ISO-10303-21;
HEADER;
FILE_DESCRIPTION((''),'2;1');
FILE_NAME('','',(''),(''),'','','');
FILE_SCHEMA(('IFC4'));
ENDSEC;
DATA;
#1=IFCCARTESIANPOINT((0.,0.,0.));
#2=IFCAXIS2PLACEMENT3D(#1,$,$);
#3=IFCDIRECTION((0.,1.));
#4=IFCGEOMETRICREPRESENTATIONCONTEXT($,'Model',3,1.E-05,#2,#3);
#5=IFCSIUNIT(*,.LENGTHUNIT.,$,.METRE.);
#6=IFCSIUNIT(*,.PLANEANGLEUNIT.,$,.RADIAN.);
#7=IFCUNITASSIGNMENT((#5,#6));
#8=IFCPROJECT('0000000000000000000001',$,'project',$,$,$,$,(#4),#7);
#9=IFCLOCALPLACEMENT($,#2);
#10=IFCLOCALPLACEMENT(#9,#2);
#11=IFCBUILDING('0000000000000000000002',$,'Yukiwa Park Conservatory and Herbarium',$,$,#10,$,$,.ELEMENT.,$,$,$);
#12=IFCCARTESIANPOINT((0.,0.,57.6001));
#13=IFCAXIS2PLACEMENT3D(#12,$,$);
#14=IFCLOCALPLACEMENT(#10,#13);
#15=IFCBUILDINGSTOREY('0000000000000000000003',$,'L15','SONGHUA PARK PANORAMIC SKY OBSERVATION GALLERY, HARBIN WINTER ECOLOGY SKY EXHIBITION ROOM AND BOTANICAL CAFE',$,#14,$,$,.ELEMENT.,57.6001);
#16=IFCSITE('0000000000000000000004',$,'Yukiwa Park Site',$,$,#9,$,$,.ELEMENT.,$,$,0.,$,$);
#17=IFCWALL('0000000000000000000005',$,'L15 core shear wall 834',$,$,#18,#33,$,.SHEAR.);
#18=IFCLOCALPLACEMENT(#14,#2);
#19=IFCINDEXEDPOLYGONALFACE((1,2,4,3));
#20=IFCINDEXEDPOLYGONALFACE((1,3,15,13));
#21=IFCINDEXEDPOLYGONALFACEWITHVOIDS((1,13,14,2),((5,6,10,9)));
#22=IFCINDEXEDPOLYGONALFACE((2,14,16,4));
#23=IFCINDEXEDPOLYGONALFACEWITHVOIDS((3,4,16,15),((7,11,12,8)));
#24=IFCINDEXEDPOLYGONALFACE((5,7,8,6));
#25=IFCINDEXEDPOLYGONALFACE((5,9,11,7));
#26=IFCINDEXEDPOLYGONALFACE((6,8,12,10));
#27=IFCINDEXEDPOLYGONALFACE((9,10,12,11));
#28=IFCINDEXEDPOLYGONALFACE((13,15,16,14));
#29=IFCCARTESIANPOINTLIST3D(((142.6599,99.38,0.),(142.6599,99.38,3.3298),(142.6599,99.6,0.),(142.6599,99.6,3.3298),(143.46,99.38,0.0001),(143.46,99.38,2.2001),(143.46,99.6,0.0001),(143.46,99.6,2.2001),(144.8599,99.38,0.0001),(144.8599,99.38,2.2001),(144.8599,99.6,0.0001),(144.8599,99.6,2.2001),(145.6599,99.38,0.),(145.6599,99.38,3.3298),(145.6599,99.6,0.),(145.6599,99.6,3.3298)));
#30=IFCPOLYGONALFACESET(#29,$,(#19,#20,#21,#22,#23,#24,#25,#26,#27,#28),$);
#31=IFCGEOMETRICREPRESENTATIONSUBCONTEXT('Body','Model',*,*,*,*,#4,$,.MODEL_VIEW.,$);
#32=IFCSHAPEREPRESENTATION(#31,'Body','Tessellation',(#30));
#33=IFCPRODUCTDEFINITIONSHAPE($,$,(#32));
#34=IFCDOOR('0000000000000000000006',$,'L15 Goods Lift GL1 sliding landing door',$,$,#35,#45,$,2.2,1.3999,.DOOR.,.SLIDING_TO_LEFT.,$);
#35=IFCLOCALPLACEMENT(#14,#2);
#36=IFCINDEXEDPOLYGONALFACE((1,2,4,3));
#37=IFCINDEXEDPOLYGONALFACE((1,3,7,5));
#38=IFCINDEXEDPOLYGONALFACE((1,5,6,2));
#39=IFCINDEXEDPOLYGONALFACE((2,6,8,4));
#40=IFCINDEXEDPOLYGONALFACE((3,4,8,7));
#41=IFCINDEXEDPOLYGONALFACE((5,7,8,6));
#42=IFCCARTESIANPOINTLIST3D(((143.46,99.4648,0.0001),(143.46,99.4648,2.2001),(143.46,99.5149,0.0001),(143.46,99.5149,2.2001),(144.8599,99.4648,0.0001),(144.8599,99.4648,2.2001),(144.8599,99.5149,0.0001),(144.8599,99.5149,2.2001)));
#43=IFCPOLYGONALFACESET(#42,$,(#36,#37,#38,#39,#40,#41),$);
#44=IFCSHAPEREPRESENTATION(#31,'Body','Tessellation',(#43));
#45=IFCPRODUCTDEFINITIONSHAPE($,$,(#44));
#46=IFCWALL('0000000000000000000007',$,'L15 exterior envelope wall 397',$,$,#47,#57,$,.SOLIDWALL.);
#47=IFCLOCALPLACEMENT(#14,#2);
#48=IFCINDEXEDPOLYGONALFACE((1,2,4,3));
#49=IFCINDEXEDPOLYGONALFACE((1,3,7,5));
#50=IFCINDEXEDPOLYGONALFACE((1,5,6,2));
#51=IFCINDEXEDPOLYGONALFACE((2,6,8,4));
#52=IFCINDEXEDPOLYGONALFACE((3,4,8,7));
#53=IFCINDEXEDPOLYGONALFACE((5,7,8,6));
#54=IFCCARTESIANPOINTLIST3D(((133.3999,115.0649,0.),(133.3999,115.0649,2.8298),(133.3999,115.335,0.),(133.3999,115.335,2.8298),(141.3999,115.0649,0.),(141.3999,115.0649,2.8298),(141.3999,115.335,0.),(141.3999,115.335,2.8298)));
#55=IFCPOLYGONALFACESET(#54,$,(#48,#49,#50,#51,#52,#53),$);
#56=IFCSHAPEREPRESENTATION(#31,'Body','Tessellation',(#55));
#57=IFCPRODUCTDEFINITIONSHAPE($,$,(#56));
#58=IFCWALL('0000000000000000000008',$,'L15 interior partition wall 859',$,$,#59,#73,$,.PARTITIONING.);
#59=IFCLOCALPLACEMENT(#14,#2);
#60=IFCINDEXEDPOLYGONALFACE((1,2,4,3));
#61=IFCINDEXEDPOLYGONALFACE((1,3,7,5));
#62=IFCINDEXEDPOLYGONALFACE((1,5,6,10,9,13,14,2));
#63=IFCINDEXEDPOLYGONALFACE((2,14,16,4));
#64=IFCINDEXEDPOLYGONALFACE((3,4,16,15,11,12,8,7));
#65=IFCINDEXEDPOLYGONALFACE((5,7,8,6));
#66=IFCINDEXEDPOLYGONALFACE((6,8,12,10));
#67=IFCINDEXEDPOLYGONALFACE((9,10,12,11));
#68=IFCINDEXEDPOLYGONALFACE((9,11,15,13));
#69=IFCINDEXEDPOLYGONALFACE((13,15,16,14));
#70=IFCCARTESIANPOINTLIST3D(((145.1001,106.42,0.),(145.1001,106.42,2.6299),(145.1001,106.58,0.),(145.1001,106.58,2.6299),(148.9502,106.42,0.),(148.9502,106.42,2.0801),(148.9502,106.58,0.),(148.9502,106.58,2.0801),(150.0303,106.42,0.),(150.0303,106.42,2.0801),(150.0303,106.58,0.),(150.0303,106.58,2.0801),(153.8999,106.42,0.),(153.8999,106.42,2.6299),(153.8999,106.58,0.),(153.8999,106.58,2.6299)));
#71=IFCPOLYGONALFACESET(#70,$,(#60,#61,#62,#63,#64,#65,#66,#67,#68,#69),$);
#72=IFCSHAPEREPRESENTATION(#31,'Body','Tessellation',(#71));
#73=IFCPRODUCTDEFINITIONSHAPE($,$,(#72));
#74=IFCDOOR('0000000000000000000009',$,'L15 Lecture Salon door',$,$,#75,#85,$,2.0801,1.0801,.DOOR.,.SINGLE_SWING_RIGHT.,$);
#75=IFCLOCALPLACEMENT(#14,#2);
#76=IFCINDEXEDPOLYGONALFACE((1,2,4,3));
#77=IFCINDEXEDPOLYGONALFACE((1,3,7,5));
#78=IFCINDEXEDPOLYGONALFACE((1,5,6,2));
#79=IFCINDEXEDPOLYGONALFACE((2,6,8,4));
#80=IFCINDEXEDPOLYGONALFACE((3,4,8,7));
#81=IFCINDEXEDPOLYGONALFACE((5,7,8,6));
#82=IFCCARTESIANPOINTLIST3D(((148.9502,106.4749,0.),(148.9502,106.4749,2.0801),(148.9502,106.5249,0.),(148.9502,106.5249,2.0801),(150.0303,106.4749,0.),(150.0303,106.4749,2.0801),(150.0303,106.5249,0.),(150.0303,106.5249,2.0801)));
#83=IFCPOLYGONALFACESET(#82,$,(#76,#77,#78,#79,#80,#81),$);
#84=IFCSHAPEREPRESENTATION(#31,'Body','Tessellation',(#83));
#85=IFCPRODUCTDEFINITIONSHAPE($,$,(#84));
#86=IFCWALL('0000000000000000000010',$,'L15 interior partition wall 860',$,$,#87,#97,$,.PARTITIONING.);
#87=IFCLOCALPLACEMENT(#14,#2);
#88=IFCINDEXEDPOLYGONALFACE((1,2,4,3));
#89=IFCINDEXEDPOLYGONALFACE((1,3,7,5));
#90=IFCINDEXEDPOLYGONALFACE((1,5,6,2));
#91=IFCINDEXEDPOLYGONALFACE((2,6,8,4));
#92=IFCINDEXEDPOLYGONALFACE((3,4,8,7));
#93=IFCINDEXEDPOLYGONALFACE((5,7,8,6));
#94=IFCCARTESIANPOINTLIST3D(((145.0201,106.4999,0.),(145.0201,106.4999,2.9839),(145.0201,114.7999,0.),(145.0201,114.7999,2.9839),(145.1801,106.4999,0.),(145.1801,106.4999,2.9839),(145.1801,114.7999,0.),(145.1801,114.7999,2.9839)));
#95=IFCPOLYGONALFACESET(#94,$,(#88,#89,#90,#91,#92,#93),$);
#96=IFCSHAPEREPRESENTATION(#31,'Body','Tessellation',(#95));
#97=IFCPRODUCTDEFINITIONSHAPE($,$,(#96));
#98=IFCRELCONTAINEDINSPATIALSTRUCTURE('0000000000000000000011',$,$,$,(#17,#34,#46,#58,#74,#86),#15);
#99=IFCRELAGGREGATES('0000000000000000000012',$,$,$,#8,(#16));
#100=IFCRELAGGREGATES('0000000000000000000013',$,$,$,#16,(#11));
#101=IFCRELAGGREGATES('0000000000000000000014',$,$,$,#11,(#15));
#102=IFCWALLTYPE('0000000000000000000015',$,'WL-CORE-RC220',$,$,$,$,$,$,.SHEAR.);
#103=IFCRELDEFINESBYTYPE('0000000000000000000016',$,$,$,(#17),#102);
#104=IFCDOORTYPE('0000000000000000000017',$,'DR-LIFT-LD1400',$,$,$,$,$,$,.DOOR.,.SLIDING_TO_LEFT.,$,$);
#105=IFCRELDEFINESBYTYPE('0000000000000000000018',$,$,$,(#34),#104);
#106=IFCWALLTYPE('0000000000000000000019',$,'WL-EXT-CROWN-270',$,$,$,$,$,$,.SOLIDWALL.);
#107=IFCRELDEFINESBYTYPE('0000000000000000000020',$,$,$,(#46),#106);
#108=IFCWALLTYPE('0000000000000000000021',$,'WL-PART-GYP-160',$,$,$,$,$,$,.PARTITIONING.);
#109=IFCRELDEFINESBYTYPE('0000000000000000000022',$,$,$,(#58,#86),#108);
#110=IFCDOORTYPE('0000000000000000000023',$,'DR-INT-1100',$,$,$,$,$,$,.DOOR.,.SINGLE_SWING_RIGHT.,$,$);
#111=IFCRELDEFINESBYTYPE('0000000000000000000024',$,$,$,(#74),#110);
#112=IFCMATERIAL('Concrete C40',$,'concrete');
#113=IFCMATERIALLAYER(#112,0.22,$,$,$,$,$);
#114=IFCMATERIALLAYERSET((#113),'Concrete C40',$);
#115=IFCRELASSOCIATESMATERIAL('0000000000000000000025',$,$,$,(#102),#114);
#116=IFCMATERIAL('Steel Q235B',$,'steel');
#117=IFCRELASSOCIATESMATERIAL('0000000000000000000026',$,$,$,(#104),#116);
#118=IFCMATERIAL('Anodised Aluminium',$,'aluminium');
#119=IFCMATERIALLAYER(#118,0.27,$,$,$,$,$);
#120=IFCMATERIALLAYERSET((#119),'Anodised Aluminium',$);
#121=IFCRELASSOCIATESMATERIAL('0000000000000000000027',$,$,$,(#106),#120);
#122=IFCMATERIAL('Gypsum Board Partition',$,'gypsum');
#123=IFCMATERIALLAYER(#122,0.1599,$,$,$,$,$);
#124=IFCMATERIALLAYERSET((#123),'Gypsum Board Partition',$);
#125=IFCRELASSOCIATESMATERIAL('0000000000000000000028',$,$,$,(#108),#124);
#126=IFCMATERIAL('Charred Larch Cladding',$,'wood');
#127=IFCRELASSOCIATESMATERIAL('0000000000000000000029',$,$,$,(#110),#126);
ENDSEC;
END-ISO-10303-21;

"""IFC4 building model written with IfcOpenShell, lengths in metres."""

from ifc_helpers import new_model, si_unit, direction, frame, frame_2d, origin, place, context, subcontext, project, spatial, rectangle, extrude, material, layer, layer_set, type_object, element, fill, save


model = new_model("IFC4")

# Units and contexts
model_context = context("Model", 3, precision=1e-05, world=origin(), true_north=direction((0.0, 1.0)))
body_context = subcontext(model_context, "Body", "Model", "MODEL_VIEW")
ifc_project = project(units=[si_unit("LENGTHUNIT", "METRE"), si_unit("PLANEANGLEUNIT", "RADIAN")], contexts=[model_context])

# Site, building, storey
site_placement = place(None, origin())
site = spatial("IfcSite", under=ifc_project, at=site_placement, Name="Yukiwa Park Site", CompositionType="ELEMENT", RefElevation=0.0)
building_placement = place(site_placement, origin())
building = spatial("IfcBuilding", under=site, at=building_placement, Name="Yukiwa Park Conservatory and Herbarium", CompositionType="ELEMENT")
storey_placement = place(building_placement, frame((0.0, 0.0, 57.6001)))
storey = spatial("IfcBuildingStorey", under=building, at=storey_placement, Name="L15", Description="SONGHUA PARK PANORAMIC SKY OBSERVATION GALLERY, HARBIN WINTER ECOLOGY SKY EXHIBITION ROOM AND BOTANICAL CAFE", CompositionType="ELEMENT", Elevation=57.6001)

# Shared definitions
ifc_material_1 = material(Name="Concrete C40", Category="concrete")
ifc_layer_1 = layer(ifc_material_1, 0.22)
ifc_layer_set_1 = layer_set([ifc_layer_1], Name="Concrete C40")
wall_type_1 = type_object("IfcWallType", Name="WL-CORE-RC220", PredefinedType="SHEAR", material=ifc_layer_set_1)

# Wall, opening, door
wall_1_placement = place(storey_placement, frame((142.6599, 99.49, 0.0), z_axis=(0.0, 0.0, 1.0), x_axis=(1.0, 0.0, 0.0)))
wall_1 = element("IfcWall", 1, at=wall_1_placement, inside=storey, type_object=wall_type_1, Name="L15 core shear wall 834", PredefinedType="SHEAR", context=body_context, shape_type="SweptSolid", body=[
    extrude(rectangle(XDim=3.0, YDim=0.22, at=frame_2d((1.5, 0.0))), origin(), (0.0, 0.0, 1.0), 3.3298),
])
opening_1_placement = place(wall_1_placement, frame((0.8, 0.0, 0.0)))
opening_1 = element("IfcOpeningElement", 2, at=opening_1_placement, cuts=wall_1, PredefinedType="OPENING", context=body_context, shape_type="SweptSolid", body=[
    extrude(rectangle(XDim=1.3999, YDim=2.2, at=frame_2d((0.7, 1.1001))), frame((0.0, 0.1201, 0.0), z_axis=(0.0, -1.0, 0.0), x_axis=(1.0, 0.0, 0.0)), (0.0, 0.0, 1.0), 0.24),
])
ifc_material_2 = material(Name="Steel Q235B", Category="steel")
door_type_1 = type_object("IfcDoorType", Name="DR-LIFT-LD1400", OperationType="SLIDING_TO_LEFT", PredefinedType="DOOR", material=ifc_material_2)
door_1_placement = place(opening_1_placement, origin())
door_1 = element("IfcDoor", 3, at=door_1_placement, inside=storey, type_object=door_type_1, Name="L15 Goods Lift GL1 sliding landing door", OperationType="SLIDING_TO_LEFT", OverallHeight=2.2, OverallWidth=1.3999, PredefinedType="DOOR", context=body_context, shape_type="SweptSolid", body=[
    extrude(rectangle(XDim=1.3999, YDim=2.2, at=frame_2d((0.7, 1.1001))), frame((0.0, 0.0249, 0.0), z_axis=(0.0, -1.0, 0.0), x_axis=(1.0, 0.0, 0.0)), (0.0, 0.0, 1.0), 0.05),
])
fill(opening_1, door_1)

# Wall
ifc_material_3 = material(Name="Anodised Aluminium", Category="aluminium")
ifc_layer_2 = layer(ifc_material_3, 0.27)
ifc_layer_set_2 = layer_set([ifc_layer_2], Name="Anodised Aluminium")
wall_type_2 = type_object("IfcWallType", Name="WL-EXT-CROWN-270", PredefinedType="SOLIDWALL", material=ifc_layer_set_2)
wall_2_placement = place(storey_placement, frame((141.3999, 115.2, 0.0), z_axis=(0.0, 0.0, 1.0), x_axis=(-1.0, 0.0, 0.0)))
element("IfcWall", 4, at=wall_2_placement, inside=storey, type_object=wall_type_2, Name="L15 exterior envelope wall 397", PredefinedType="SOLIDWALL", context=body_context, shape_type="SweptSolid", body=[
    extrude(rectangle(XDim=8.0, YDim=0.27, at=frame_2d((4.0, 0.0))), origin(), (0.0, 0.0, 1.0), 2.8298),
])

# Wall, opening, door
ifc_material_4 = material(Name="Gypsum Board Partition", Category="gypsum")
ifc_layer_3 = layer(ifc_material_4, 0.1599)
ifc_layer_set_3 = layer_set([ifc_layer_3], Name="Gypsum Board Partition")
wall_type_3 = type_object("IfcWallType", Name="WL-PART-GYP-160", PredefinedType="PARTITIONING", material=ifc_layer_set_3)
wall_3_placement = place(storey_placement, frame((145.1001, 106.5, 0.0), z_axis=(0.0, 0.0, 1.0), x_axis=(1.0, 0.0, 0.0)))
wall_3 = element("IfcWall", 5, at=wall_3_placement, inside=storey, type_object=wall_type_3, Name="L15 interior partition wall 859", PredefinedType="PARTITIONING", context=body_context, shape_type="SweptSolid", body=[
    extrude(rectangle(XDim=8.7998, YDim=0.1599, at=frame_2d((4.3999, 0.0))), origin(), (0.0, 0.0, 1.0), 2.6299),
])
opening_2_placement = place(wall_3_placement, frame((3.8501, 0.0, 0.0)))
opening_2 = element("IfcOpeningElement", 6, at=opening_2_placement, cuts=wall_3, PredefinedType="OPENING", context=body_context, shape_type="SweptSolid", body=[
    extrude(rectangle(XDim=1.0801, YDim=2.0801, at=frame_2d((0.54, 1.04))), frame((0.0, 0.0898, 0.0), z_axis=(0.0, -1.0, 0.0), x_axis=(1.0, 0.0, 0.0)), (0.0, 0.0, 1.0), 0.1799),
])
ifc_material_5 = material(Name="Charred Larch Cladding", Category="wood")
door_type_2 = type_object("IfcDoorType", Name="DR-INT-1100", OperationType="SINGLE_SWING_RIGHT", PredefinedType="DOOR", material=ifc_material_5)
door_2_placement = place(opening_2_placement, origin())
door_2 = element("IfcDoor", 7, at=door_2_placement, inside=storey, type_object=door_type_2, Name="L15 Lecture Salon door", OperationType="SINGLE_SWING_RIGHT", OverallHeight=2.0801, OverallWidth=1.0801, PredefinedType="DOOR", context=body_context, shape_type="SweptSolid", body=[
    extrude(rectangle(XDim=1.0801, YDim=2.0801, at=frame_2d((0.54, 1.04))), frame((0.0, 0.0249, 0.0), z_axis=(0.0, -1.0, 0.0), x_axis=(1.0, 0.0, 0.0)), (0.0, 0.0, 1.0), 0.05),
])
fill(opening_2, door_2)

# Wall
wall_4_placement = place(storey_placement, frame((145.1001, 106.5, 0.0), z_axis=(0.0, 0.0, 1.0), x_axis=(0.0, 1.0, 0.0)))
element("IfcWall", 8, at=wall_4_placement, inside=storey, type_object=wall_type_3, Name="L15 interior partition wall 860", PredefinedType="PARTITIONING", context=body_context, shape_type="SweptSolid", body=[
    extrude(rectangle(XDim=8.3, YDim=0.1599, at=frame_2d((4.1499, 0.0))), origin(), (0.0, 0.0, 1.0), 2.9839),
])

save(model, "model.ifc")
